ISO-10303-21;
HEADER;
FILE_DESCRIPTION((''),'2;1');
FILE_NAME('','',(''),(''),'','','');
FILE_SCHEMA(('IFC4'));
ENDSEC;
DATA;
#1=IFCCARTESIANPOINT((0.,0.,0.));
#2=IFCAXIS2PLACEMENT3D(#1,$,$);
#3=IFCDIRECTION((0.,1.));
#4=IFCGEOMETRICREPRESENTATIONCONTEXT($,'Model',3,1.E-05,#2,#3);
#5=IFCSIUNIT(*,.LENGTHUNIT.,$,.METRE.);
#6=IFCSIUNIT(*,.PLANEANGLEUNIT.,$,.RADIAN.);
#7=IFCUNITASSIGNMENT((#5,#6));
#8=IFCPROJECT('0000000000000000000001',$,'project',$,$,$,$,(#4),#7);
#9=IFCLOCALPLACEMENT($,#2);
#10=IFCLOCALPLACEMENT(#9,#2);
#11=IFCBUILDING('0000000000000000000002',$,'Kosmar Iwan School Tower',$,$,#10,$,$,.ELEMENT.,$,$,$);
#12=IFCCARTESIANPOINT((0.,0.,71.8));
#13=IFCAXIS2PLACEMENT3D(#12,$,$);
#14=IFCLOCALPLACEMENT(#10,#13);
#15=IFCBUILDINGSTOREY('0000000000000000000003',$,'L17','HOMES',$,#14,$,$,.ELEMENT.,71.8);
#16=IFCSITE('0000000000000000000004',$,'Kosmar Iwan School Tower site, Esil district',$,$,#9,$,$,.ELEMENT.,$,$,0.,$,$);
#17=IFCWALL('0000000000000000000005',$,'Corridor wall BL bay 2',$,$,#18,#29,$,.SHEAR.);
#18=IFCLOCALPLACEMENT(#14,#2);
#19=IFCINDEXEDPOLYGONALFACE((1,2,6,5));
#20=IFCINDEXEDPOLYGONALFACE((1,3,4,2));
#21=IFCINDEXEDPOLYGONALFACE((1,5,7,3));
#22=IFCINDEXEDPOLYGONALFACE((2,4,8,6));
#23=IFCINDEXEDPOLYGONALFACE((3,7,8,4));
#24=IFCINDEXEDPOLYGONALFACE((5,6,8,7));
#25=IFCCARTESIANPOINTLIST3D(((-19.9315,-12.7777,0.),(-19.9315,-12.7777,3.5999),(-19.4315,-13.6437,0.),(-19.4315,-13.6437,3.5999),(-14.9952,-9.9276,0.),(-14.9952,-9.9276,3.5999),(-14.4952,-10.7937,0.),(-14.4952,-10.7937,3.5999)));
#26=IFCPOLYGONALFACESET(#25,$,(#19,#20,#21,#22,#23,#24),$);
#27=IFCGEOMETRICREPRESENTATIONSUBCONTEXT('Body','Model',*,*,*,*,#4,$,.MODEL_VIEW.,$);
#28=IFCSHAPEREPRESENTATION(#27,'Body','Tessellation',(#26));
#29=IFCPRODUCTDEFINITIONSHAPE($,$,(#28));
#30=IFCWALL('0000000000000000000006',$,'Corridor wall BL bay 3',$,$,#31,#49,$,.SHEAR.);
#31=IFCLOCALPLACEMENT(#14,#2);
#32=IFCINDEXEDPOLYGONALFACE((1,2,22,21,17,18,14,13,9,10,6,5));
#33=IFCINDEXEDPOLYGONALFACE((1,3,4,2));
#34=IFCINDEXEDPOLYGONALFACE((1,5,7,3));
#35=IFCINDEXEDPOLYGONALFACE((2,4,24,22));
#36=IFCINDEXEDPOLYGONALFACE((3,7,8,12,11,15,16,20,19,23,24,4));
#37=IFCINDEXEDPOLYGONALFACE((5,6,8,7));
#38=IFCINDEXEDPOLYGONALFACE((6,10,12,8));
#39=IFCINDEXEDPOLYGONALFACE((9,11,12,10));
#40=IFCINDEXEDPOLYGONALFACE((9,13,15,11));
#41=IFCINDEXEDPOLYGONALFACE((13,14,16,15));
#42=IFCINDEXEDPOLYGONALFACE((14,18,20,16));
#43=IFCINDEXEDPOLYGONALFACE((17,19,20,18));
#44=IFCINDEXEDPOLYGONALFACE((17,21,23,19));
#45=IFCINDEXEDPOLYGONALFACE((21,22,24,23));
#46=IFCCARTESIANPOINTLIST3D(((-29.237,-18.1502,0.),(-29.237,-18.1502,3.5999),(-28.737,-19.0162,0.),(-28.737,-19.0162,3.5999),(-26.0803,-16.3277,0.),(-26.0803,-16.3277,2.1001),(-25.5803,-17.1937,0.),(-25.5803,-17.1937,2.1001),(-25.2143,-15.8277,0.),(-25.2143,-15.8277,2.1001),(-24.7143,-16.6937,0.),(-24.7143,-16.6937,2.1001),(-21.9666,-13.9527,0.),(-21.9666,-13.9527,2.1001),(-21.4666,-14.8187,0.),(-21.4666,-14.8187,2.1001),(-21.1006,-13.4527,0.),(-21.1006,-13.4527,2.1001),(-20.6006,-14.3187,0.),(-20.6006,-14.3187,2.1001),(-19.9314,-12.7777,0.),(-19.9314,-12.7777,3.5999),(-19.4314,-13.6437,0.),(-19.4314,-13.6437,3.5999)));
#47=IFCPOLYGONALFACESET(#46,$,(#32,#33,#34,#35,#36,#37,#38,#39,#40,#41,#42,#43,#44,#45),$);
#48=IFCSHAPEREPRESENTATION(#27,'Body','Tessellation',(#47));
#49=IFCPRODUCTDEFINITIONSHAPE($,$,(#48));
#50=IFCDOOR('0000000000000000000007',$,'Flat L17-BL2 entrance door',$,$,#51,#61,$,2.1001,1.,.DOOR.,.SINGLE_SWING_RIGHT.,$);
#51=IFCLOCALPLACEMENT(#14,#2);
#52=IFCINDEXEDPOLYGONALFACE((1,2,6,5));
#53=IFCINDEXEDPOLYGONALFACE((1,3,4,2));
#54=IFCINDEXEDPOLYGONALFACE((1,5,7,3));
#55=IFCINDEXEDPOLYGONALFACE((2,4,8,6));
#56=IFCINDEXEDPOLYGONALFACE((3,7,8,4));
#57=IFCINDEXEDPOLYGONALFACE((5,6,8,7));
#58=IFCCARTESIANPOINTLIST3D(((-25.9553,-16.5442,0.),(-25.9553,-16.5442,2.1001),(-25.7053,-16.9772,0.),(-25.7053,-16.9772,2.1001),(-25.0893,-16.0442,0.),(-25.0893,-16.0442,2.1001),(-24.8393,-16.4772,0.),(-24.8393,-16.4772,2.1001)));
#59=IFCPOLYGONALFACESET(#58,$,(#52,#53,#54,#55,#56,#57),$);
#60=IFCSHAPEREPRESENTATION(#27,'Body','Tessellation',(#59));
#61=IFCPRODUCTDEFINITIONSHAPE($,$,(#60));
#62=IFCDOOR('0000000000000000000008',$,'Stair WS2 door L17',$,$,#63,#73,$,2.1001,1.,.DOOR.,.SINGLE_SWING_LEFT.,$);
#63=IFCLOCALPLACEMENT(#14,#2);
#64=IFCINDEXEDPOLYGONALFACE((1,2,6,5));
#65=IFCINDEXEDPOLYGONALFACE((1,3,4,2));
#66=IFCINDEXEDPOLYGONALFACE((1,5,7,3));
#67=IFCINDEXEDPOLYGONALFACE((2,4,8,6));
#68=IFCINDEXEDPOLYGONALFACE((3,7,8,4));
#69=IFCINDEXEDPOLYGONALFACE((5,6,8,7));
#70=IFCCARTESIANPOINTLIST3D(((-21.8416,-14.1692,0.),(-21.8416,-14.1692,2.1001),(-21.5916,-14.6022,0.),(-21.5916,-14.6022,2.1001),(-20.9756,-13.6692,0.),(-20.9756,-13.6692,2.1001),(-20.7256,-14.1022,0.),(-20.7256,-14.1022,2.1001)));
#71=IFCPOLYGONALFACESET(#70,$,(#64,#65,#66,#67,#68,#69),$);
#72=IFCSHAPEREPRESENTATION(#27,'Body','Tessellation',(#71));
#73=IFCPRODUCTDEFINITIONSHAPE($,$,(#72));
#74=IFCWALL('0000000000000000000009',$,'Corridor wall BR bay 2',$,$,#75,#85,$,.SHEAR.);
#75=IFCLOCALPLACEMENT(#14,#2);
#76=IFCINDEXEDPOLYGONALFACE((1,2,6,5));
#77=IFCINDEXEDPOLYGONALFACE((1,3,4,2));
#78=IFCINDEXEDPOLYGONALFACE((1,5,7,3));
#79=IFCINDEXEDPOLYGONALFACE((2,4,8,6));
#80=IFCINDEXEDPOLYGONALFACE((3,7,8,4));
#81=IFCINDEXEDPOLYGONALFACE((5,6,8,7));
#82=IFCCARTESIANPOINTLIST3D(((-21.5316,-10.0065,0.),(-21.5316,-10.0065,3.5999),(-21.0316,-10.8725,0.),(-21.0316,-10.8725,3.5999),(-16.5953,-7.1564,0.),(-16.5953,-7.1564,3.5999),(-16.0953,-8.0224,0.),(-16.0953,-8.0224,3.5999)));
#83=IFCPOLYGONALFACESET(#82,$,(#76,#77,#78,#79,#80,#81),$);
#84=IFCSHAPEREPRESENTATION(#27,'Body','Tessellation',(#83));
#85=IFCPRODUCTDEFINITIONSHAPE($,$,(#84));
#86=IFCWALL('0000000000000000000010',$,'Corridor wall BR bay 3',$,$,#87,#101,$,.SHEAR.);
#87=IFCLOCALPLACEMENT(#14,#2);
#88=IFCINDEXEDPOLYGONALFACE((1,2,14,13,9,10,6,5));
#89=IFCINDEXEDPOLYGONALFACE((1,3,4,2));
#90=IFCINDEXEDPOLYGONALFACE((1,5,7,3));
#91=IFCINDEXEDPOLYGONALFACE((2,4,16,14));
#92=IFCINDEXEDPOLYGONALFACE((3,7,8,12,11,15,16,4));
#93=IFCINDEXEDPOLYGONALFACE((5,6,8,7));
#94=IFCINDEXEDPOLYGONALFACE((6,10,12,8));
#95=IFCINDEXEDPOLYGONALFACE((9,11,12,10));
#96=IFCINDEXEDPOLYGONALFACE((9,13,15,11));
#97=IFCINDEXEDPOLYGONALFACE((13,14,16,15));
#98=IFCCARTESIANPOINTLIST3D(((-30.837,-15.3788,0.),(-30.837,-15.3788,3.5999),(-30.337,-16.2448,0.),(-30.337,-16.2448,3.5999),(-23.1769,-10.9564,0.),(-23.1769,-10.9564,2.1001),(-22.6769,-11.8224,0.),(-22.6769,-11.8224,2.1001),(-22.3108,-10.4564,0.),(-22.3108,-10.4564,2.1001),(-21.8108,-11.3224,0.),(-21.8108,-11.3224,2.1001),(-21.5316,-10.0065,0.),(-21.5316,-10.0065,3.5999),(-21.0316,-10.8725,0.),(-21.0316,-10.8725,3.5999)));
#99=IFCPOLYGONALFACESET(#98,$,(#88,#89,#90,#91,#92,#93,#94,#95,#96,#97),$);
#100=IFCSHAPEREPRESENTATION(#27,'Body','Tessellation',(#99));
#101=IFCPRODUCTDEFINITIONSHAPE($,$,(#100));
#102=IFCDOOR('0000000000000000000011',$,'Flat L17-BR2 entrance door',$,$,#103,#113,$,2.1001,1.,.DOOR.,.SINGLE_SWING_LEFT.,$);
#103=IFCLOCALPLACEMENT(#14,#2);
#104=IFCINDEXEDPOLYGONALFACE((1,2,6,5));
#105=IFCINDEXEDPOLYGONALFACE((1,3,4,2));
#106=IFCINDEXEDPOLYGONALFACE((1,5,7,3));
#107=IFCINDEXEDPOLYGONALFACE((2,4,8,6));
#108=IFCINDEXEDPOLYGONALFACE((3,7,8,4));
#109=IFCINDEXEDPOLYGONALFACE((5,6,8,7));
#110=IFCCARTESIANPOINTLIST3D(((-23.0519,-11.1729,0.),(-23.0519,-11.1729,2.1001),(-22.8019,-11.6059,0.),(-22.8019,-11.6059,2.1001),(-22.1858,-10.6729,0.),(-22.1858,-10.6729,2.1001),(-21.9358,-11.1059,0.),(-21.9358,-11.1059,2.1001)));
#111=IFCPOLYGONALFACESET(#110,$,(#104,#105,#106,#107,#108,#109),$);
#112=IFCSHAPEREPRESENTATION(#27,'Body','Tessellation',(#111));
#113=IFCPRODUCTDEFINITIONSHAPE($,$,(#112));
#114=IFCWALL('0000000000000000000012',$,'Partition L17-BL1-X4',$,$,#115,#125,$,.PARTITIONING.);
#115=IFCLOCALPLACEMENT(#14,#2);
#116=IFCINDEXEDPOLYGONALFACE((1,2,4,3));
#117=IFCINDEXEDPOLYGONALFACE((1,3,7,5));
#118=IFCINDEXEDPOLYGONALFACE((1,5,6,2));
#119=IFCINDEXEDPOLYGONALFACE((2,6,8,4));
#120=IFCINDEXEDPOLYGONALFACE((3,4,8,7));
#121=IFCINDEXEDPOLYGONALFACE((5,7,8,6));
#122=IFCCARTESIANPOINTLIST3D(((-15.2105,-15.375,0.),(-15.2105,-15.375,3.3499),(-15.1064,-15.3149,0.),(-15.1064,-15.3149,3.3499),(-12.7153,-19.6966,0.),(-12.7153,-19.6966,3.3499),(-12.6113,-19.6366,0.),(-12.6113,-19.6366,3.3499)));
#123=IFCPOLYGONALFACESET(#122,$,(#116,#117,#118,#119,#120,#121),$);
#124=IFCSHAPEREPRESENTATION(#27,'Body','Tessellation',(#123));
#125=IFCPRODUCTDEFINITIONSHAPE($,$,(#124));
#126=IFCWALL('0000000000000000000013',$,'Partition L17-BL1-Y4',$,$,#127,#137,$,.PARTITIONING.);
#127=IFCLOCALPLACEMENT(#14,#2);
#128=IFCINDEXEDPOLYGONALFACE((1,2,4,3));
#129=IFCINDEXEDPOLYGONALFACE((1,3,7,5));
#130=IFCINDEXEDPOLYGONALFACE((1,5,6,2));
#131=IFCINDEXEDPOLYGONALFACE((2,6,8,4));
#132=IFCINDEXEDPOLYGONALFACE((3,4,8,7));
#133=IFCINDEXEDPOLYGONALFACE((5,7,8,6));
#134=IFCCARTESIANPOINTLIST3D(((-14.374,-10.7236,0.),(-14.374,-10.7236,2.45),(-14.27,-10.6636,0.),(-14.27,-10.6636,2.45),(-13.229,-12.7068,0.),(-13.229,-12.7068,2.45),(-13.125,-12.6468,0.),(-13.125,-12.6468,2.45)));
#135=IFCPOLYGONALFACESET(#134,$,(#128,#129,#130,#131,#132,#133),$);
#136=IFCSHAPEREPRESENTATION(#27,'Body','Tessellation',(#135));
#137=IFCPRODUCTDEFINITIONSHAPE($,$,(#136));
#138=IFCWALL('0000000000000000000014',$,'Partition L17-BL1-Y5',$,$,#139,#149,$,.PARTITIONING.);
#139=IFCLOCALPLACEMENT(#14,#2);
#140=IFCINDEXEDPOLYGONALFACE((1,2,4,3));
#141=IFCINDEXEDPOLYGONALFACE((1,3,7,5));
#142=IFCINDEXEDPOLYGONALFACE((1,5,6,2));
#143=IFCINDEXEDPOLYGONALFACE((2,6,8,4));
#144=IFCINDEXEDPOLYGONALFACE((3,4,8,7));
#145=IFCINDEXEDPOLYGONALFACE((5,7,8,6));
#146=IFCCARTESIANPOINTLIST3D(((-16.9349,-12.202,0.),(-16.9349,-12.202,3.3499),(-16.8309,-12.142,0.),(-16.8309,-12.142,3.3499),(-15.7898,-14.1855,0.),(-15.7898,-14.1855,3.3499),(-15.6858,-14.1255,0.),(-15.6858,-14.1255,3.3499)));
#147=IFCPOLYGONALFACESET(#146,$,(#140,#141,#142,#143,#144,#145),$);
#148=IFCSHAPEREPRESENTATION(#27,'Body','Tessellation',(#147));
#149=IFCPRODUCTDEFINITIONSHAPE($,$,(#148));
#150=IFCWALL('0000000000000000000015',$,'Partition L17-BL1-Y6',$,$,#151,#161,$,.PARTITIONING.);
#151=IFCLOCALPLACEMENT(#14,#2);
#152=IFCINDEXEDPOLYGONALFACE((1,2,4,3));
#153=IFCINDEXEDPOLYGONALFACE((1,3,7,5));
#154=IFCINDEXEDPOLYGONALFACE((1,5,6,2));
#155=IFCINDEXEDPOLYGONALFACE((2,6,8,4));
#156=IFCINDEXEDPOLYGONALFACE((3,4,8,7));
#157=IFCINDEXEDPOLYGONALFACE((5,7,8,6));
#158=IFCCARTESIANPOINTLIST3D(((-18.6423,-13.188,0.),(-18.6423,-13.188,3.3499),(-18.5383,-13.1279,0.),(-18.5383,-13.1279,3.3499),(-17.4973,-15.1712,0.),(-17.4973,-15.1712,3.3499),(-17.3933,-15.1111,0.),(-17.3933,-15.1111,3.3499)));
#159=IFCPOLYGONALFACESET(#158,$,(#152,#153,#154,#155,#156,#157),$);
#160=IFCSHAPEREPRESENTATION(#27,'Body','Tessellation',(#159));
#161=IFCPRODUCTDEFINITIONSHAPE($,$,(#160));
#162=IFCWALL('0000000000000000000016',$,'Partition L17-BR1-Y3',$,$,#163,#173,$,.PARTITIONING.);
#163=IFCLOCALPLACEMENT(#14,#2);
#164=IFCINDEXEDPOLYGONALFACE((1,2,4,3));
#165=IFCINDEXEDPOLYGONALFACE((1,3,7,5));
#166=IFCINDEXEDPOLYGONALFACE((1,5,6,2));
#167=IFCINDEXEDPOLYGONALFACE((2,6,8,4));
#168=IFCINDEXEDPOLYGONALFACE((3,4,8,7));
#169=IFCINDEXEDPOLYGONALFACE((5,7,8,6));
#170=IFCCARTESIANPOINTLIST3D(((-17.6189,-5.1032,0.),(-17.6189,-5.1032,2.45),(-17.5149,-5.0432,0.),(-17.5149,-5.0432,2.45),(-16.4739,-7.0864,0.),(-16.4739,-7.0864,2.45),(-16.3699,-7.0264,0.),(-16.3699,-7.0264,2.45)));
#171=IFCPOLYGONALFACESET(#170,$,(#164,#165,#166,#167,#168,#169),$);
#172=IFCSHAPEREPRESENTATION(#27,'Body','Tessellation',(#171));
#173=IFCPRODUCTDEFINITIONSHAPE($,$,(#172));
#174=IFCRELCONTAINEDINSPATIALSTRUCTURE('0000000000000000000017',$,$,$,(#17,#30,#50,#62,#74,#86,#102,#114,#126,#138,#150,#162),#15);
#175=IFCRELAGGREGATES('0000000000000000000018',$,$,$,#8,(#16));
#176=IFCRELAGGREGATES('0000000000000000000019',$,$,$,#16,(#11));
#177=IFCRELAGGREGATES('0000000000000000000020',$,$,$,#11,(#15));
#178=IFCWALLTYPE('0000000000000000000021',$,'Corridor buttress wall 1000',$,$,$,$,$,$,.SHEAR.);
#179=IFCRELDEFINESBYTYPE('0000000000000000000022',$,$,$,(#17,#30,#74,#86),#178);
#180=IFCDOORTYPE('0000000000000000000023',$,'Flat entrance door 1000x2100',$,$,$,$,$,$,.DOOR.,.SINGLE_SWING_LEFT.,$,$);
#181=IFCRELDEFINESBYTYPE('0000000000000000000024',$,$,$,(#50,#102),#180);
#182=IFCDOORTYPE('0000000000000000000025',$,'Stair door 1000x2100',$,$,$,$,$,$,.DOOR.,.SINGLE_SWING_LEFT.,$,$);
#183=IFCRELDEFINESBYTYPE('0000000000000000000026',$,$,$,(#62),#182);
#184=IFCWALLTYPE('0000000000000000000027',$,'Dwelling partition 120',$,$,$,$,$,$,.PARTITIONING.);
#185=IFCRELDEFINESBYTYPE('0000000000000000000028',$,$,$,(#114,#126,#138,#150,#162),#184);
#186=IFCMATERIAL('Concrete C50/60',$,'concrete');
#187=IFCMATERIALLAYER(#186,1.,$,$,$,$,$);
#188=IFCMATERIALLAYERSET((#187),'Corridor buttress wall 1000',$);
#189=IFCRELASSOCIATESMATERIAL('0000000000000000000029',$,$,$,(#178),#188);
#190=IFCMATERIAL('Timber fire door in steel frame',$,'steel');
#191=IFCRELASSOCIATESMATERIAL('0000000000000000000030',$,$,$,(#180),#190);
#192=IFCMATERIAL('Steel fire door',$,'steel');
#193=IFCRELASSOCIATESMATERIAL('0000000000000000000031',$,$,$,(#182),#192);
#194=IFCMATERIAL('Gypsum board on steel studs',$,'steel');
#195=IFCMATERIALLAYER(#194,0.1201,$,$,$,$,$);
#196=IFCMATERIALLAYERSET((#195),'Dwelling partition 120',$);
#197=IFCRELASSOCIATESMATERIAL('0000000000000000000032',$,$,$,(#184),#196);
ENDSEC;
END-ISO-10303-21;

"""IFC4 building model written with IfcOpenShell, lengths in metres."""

from ifc_helpers import new_model, si_unit, direction, frame, frame_2d, origin, place, context, subcontext, project, spatial, rectangle, extrude, material, layer, layer_set, type_object, element, fill, save


model = new_model("IFC4")

# Units and contexts
model_context = context("Model", 3, precision=1e-05, world=origin(), true_north=direction((0.0, 1.0)))
body_context = subcontext(model_context, "Body", "Model", "MODEL_VIEW")
ifc_project = project(units=[si_unit("LENGTHUNIT", "METRE"), si_unit("PLANEANGLEUNIT", "RADIAN")], contexts=[model_context])

# Site, building, storey
site_placement = place(None, origin())
site = spatial("IfcSite", under=ifc_project, at=site_placement, Name="Kosmar Iwan School Tower site, Esil district", CompositionType="ELEMENT", RefElevation=0.0)
building_placement = place(site_placement, origin())
building = spatial("IfcBuilding", under=site, at=building_placement, Name="Kosmar Iwan School Tower", CompositionType="ELEMENT")
storey_placement = place(building_placement, frame((0.0, 0.0, 71.8)))
storey = spatial("IfcBuildingStorey", under=building, at=storey_placement, Name="L17", Description="HOMES", CompositionType="ELEMENT", Elevation=71.8)

# Wall
ifc_material_1 = material(Name="Concrete C50/60", Category="concrete")
ifc_layer_1 = layer(ifc_material_1, 1.0)
ifc_layer_set_1 = layer_set([ifc_layer_1], Name="Corridor buttress wall 1000")
wall_type_1 = type_object("IfcWallType", Name="Corridor buttress wall 1000", PredefinedType="SHEAR", material=ifc_layer_set_1)
wall_1_placement = place(storey_placement, frame((-14.7451, -10.3606, 0.0), z_axis=(0.0, 0.0, 1.0), x_axis=(-0.866015, -0.500018, 0.0)))
element("IfcWall", 1, at=wall_1_placement, inside=storey, type_object=wall_type_1, Name="Corridor wall BL bay 2", PredefinedType="SHEAR", context=body_context, shape_type="SweptSolid", body=[
    extrude(rectangle(XDim=5.7, YDim=1.0, at=frame_2d((2.8501, 0.0))), origin(), (0.0, 0.0, 1.0), 3.5999),
])

# Wall, openings, doors
wall_2_placement = place(storey_placement, frame((-19.6814, -13.2107, 0.0), z_axis=(0.0, 0.0, 1.0), x_axis=(-0.866028, -0.499995, 0.0)))
wall_2 = element("IfcWall", 2, at=wall_2_placement, inside=storey, type_object=wall_type_1, Name="Corridor wall BL bay 3", PredefinedType="SHEAR", context=body_context, shape_type="SweptSolid", body=[
    extrude(rectangle(XDim=10.7451, YDim=1.0, at=frame_2d((5.3726, 0.0))), origin(), (0.0, 0.0, 1.0), 3.5999),
])
opening_1_placement = place(wall_2_placement, frame((6.1001, 0.0, 0.0)))
opening_1 = element("IfcOpeningElement", 3, at=opening_1_placement, cuts=wall_2, PredefinedType="OPENING", context=body_context, shape_type="SweptSolid", body=[
    extrude(rectangle(XDim=1.0, YDim=2.1001, at=frame_2d((0.5, 1.05))), frame((0.0, 0.512, 0.0), z_axis=(0.0, -1.0, 0.0), x_axis=(1.0, 0.0, 0.0)), (0.0, 0.0, 1.0), 1.0239),
])
opening_2_placement = place(wall_2_placement, frame((1.3501, 0.0, 0.0)))
opening_2 = element("IfcOpeningElement", 4, at=opening_2_placement, cuts=wall_2, PredefinedType="OPENING", context=body_context, shape_type="SweptSolid", body=[
    extrude(rectangle(XDim=1.0, YDim=2.1001, at=frame_2d((0.5, 1.05))), frame((0.0, 0.512, 0.0), z_axis=(0.0, -1.0, 0.0), x_axis=(1.0, 0.0, 0.0)), (0.0, 0.0, 1.0), 1.0239),
])
ifc_material_2 = material(Name="Timber fire door in steel frame", Category="steel")
door_type_1 = type_object("IfcDoorType", Name="Flat entrance door 1000x2100", OperationType="SINGLE_SWING_LEFT", PredefinedType="DOOR", material=ifc_material_2)
door_1_placement = place(opening_1_placement, origin())
door_1 = element("IfcDoor", 5, at=door_1_placement, inside=storey, type_object=door_type_1, Name="Flat L17-BL2 entrance door", OperationType="SINGLE_SWING_RIGHT", OverallHeight=2.1001, OverallWidth=1.0, PredefinedType="DOOR", context=body_context, shape_type="SweptSolid", body=[
    extrude(rectangle(XDim=1.0, YDim=2.1001, at=frame_2d((0.5, 1.05))), frame((0.0, 0.25, 0.0), z_axis=(0.0, -1.0, 0.0), x_axis=(1.0, 0.0, 0.0)), (0.0, 0.0, 1.0), 0.5),
])
fill(opening_1, door_1)
ifc_material_3 = material(Name="Steel fire door", Category="steel")
door_type_2 = type_object("IfcDoorType", Name="Stair door 1000x2100", OperationType="SINGLE_SWING_LEFT", PredefinedType="DOOR", material=ifc_material_3)
door_2_placement = place(opening_2_placement, origin())
door_2 = element("IfcDoor", 6, at=door_2_placement, inside=storey, type_object=door_type_2, Name="Stair WS2 door L17", OperationType="SINGLE_SWING_LEFT", OverallHeight=2.1001, OverallWidth=1.0, PredefinedType="DOOR", context=body_context, shape_type="SweptSolid", body=[
    extrude(rectangle(XDim=1.0, YDim=2.1001, at=frame_2d((0.5, 1.05))), frame((0.0, 0.25, 0.0), z_axis=(0.0, -1.0, 0.0), x_axis=(1.0, 0.0, 0.0)), (0.0, 0.0, 1.0), 0.5),
])
fill(opening_2, door_2)

# Wall
wall_3_placement = place(storey_placement, frame((-16.3452, -7.5894, 0.0), z_axis=(0.0, 0.0, 1.0), x_axis=(-0.866015, -0.500018, 0.0)))
element("IfcWall", 7, at=wall_3_placement, inside=storey, type_object=wall_type_1, Name="Corridor wall BR bay 2", PredefinedType="SHEAR", context=body_context, shape_type="SweptSolid", body=[
    extrude(rectangle(XDim=5.7, YDim=1.0, at=frame_2d((2.8501, 0.0))), origin(), (0.0, 0.0, 1.0), 3.5999),
])

# Wall, opening, door
wall_4_placement = place(storey_placement, frame((-21.2815, -10.4395, 0.0), z_axis=(0.0, 0.0, 1.0), x_axis=(-0.866032, -0.499988, 0.0)))
wall_4 = element("IfcWall", 8, at=wall_4_placement, inside=storey, type_object=wall_type_1, Name="Corridor wall BR bay 3", PredefinedType="SHEAR", context=body_context, shape_type="SweptSolid", body=[
    extrude(rectangle(XDim=10.7449, YDim=1.0, at=frame_2d((5.3726, 0.0))), origin(), (0.0, 0.0, 1.0), 3.5999),
])
opening_3_placement = place(wall_4_placement, frame((0.8999, 0.0, 0.0)))
opening_3 = element("IfcOpeningElement", 9, at=opening_3_placement, cuts=wall_4, PredefinedType="OPENING", context=body_context, shape_type="SweptSolid", body=[
    extrude(rectangle(XDim=1.0, YDim=2.1001, at=frame_2d((0.5, 1.05))), frame((0.0, 0.512, 0.0), z_axis=(0.0, -1.0, 0.0), x_axis=(1.0, 0.0, 0.0)), (0.0, 0.0, 1.0), 1.0239),
])
door_3_placement = place(opening_3_placement, origin())
door_3 = element("IfcDoor", 10, at=door_3_placement, inside=storey, type_object=door_type_1, Name="Flat L17-BR2 entrance door", OperationType="SINGLE_SWING_LEFT", OverallHeight=2.1001, OverallWidth=1.0, PredefinedType="DOOR", context=body_context, shape_type="SweptSolid", body=[
    extrude(rectangle(XDim=1.0, YDim=2.1001, at=frame_2d((0.5, 1.05))), frame((0.0, 0.25, 0.0), z_axis=(0.0, -1.0, 0.0), x_axis=(1.0, 0.0, 0.0)), (0.0, 0.0, 1.0), 0.5),
])
fill(opening_3, door_3)

# Walls
ifc_material_4 = material(Name="Gypsum board on steel studs", Category="steel")
ifc_layer_2 = layer(ifc_material_4, 0.1201)
ifc_layer_set_2 = layer_set([ifc_layer_2], Name="Dwelling partition 120")
wall_type_2 = type_object("IfcWallType", Name="Dwelling partition 120", PredefinedType="PARTITIONING", material=ifc_layer_set_2)
wall_5_placement = place(storey_placement, frame((-15.1584, -15.345, 0.0), z_axis=(0.0, 0.0, 1.0), x_axis=(0.500012, -0.866019, 0.0)))
element("IfcWall", 11, at=wall_5_placement, inside=storey, type_object=wall_type_2, Name="Partition L17-BL1-X4", PredefinedType="PARTITIONING", context=body_context, shape_type="SweptSolid", body=[
    extrude(rectangle(XDim=4.9902, YDim=0.1201, at=frame_2d((2.4951, 0.0))), origin(), (0.0, 0.0, 1.0), 3.3499),
])
wall_6_placement = place(storey_placement, frame((-14.322, -10.6936, 0.0), z_axis=(0.0, 0.0, 1.0), x_axis=(0.500015, -0.866017, 0.0)))
element("IfcWall", 12, at=wall_6_placement, inside=storey, type_object=wall_type_2, Name="Partition L17-BL1-Y4", PredefinedType="PARTITIONING", context=body_context, shape_type="SweptSolid", body=[
    extrude(rectangle(XDim=2.29, YDim=0.1201, at=frame_2d((1.145, 0.0))), origin(), (0.0, 0.0, 1.0), 2.45),
])
wall_7_placement = place(storey_placement, frame((-16.8828, -12.1721, 0.0), z_axis=(0.0, 0.0, 1.0), x_axis=(0.499969, -0.866044, 0.0)))
element("IfcWall", 13, at=wall_7_placement, inside=storey, type_object=wall_type_2, Name="Partition L17-BL1-Y5", PredefinedType="PARTITIONING", context=body_context, shape_type="SweptSolid", body=[
    extrude(rectangle(XDim=2.2903, YDim=0.1201, at=frame_2d((1.145, 0.0))), origin(), (0.0, 0.0, 1.0), 3.3499),
])
wall_8_placement = place(storey_placement, frame((-18.5903, -13.158, 0.0), z_axis=(0.0, 0.0, 1.0), x_axis=(0.500015, -0.866017, 0.0)))
element("IfcWall", 14, at=wall_8_placement, inside=storey, type_object=wall_type_2, Name="Partition L17-BL1-Y6", PredefinedType="PARTITIONING", context=body_context, shape_type="SweptSolid", body=[
    extrude(rectangle(XDim=2.29, YDim=0.1201, at=frame_2d((1.145, 0.0))), origin(), (0.0, 0.0, 1.0), 3.3499),
])
wall_9_placement = place(storey_placement, frame((-16.4219, -7.0564, 0.0), z_axis=(0.0, 0.0, 1.0), x_axis=(-0.500015, 0.866017, 0.0)))
element("IfcWall", 15, at=wall_9_placement, inside=storey, type_object=wall_type_2, Name="Partition L17-BR1-Y3", PredefinedType="PARTITIONING", context=body_context, shape_type="SweptSolid", body=[
    extrude(rectangle(XDim=2.29, YDim=0.1201, at=frame_2d((1.145, 0.0))), origin(), (0.0, 0.0, 1.0), 2.45),
])

save(model, "model.ifc")
